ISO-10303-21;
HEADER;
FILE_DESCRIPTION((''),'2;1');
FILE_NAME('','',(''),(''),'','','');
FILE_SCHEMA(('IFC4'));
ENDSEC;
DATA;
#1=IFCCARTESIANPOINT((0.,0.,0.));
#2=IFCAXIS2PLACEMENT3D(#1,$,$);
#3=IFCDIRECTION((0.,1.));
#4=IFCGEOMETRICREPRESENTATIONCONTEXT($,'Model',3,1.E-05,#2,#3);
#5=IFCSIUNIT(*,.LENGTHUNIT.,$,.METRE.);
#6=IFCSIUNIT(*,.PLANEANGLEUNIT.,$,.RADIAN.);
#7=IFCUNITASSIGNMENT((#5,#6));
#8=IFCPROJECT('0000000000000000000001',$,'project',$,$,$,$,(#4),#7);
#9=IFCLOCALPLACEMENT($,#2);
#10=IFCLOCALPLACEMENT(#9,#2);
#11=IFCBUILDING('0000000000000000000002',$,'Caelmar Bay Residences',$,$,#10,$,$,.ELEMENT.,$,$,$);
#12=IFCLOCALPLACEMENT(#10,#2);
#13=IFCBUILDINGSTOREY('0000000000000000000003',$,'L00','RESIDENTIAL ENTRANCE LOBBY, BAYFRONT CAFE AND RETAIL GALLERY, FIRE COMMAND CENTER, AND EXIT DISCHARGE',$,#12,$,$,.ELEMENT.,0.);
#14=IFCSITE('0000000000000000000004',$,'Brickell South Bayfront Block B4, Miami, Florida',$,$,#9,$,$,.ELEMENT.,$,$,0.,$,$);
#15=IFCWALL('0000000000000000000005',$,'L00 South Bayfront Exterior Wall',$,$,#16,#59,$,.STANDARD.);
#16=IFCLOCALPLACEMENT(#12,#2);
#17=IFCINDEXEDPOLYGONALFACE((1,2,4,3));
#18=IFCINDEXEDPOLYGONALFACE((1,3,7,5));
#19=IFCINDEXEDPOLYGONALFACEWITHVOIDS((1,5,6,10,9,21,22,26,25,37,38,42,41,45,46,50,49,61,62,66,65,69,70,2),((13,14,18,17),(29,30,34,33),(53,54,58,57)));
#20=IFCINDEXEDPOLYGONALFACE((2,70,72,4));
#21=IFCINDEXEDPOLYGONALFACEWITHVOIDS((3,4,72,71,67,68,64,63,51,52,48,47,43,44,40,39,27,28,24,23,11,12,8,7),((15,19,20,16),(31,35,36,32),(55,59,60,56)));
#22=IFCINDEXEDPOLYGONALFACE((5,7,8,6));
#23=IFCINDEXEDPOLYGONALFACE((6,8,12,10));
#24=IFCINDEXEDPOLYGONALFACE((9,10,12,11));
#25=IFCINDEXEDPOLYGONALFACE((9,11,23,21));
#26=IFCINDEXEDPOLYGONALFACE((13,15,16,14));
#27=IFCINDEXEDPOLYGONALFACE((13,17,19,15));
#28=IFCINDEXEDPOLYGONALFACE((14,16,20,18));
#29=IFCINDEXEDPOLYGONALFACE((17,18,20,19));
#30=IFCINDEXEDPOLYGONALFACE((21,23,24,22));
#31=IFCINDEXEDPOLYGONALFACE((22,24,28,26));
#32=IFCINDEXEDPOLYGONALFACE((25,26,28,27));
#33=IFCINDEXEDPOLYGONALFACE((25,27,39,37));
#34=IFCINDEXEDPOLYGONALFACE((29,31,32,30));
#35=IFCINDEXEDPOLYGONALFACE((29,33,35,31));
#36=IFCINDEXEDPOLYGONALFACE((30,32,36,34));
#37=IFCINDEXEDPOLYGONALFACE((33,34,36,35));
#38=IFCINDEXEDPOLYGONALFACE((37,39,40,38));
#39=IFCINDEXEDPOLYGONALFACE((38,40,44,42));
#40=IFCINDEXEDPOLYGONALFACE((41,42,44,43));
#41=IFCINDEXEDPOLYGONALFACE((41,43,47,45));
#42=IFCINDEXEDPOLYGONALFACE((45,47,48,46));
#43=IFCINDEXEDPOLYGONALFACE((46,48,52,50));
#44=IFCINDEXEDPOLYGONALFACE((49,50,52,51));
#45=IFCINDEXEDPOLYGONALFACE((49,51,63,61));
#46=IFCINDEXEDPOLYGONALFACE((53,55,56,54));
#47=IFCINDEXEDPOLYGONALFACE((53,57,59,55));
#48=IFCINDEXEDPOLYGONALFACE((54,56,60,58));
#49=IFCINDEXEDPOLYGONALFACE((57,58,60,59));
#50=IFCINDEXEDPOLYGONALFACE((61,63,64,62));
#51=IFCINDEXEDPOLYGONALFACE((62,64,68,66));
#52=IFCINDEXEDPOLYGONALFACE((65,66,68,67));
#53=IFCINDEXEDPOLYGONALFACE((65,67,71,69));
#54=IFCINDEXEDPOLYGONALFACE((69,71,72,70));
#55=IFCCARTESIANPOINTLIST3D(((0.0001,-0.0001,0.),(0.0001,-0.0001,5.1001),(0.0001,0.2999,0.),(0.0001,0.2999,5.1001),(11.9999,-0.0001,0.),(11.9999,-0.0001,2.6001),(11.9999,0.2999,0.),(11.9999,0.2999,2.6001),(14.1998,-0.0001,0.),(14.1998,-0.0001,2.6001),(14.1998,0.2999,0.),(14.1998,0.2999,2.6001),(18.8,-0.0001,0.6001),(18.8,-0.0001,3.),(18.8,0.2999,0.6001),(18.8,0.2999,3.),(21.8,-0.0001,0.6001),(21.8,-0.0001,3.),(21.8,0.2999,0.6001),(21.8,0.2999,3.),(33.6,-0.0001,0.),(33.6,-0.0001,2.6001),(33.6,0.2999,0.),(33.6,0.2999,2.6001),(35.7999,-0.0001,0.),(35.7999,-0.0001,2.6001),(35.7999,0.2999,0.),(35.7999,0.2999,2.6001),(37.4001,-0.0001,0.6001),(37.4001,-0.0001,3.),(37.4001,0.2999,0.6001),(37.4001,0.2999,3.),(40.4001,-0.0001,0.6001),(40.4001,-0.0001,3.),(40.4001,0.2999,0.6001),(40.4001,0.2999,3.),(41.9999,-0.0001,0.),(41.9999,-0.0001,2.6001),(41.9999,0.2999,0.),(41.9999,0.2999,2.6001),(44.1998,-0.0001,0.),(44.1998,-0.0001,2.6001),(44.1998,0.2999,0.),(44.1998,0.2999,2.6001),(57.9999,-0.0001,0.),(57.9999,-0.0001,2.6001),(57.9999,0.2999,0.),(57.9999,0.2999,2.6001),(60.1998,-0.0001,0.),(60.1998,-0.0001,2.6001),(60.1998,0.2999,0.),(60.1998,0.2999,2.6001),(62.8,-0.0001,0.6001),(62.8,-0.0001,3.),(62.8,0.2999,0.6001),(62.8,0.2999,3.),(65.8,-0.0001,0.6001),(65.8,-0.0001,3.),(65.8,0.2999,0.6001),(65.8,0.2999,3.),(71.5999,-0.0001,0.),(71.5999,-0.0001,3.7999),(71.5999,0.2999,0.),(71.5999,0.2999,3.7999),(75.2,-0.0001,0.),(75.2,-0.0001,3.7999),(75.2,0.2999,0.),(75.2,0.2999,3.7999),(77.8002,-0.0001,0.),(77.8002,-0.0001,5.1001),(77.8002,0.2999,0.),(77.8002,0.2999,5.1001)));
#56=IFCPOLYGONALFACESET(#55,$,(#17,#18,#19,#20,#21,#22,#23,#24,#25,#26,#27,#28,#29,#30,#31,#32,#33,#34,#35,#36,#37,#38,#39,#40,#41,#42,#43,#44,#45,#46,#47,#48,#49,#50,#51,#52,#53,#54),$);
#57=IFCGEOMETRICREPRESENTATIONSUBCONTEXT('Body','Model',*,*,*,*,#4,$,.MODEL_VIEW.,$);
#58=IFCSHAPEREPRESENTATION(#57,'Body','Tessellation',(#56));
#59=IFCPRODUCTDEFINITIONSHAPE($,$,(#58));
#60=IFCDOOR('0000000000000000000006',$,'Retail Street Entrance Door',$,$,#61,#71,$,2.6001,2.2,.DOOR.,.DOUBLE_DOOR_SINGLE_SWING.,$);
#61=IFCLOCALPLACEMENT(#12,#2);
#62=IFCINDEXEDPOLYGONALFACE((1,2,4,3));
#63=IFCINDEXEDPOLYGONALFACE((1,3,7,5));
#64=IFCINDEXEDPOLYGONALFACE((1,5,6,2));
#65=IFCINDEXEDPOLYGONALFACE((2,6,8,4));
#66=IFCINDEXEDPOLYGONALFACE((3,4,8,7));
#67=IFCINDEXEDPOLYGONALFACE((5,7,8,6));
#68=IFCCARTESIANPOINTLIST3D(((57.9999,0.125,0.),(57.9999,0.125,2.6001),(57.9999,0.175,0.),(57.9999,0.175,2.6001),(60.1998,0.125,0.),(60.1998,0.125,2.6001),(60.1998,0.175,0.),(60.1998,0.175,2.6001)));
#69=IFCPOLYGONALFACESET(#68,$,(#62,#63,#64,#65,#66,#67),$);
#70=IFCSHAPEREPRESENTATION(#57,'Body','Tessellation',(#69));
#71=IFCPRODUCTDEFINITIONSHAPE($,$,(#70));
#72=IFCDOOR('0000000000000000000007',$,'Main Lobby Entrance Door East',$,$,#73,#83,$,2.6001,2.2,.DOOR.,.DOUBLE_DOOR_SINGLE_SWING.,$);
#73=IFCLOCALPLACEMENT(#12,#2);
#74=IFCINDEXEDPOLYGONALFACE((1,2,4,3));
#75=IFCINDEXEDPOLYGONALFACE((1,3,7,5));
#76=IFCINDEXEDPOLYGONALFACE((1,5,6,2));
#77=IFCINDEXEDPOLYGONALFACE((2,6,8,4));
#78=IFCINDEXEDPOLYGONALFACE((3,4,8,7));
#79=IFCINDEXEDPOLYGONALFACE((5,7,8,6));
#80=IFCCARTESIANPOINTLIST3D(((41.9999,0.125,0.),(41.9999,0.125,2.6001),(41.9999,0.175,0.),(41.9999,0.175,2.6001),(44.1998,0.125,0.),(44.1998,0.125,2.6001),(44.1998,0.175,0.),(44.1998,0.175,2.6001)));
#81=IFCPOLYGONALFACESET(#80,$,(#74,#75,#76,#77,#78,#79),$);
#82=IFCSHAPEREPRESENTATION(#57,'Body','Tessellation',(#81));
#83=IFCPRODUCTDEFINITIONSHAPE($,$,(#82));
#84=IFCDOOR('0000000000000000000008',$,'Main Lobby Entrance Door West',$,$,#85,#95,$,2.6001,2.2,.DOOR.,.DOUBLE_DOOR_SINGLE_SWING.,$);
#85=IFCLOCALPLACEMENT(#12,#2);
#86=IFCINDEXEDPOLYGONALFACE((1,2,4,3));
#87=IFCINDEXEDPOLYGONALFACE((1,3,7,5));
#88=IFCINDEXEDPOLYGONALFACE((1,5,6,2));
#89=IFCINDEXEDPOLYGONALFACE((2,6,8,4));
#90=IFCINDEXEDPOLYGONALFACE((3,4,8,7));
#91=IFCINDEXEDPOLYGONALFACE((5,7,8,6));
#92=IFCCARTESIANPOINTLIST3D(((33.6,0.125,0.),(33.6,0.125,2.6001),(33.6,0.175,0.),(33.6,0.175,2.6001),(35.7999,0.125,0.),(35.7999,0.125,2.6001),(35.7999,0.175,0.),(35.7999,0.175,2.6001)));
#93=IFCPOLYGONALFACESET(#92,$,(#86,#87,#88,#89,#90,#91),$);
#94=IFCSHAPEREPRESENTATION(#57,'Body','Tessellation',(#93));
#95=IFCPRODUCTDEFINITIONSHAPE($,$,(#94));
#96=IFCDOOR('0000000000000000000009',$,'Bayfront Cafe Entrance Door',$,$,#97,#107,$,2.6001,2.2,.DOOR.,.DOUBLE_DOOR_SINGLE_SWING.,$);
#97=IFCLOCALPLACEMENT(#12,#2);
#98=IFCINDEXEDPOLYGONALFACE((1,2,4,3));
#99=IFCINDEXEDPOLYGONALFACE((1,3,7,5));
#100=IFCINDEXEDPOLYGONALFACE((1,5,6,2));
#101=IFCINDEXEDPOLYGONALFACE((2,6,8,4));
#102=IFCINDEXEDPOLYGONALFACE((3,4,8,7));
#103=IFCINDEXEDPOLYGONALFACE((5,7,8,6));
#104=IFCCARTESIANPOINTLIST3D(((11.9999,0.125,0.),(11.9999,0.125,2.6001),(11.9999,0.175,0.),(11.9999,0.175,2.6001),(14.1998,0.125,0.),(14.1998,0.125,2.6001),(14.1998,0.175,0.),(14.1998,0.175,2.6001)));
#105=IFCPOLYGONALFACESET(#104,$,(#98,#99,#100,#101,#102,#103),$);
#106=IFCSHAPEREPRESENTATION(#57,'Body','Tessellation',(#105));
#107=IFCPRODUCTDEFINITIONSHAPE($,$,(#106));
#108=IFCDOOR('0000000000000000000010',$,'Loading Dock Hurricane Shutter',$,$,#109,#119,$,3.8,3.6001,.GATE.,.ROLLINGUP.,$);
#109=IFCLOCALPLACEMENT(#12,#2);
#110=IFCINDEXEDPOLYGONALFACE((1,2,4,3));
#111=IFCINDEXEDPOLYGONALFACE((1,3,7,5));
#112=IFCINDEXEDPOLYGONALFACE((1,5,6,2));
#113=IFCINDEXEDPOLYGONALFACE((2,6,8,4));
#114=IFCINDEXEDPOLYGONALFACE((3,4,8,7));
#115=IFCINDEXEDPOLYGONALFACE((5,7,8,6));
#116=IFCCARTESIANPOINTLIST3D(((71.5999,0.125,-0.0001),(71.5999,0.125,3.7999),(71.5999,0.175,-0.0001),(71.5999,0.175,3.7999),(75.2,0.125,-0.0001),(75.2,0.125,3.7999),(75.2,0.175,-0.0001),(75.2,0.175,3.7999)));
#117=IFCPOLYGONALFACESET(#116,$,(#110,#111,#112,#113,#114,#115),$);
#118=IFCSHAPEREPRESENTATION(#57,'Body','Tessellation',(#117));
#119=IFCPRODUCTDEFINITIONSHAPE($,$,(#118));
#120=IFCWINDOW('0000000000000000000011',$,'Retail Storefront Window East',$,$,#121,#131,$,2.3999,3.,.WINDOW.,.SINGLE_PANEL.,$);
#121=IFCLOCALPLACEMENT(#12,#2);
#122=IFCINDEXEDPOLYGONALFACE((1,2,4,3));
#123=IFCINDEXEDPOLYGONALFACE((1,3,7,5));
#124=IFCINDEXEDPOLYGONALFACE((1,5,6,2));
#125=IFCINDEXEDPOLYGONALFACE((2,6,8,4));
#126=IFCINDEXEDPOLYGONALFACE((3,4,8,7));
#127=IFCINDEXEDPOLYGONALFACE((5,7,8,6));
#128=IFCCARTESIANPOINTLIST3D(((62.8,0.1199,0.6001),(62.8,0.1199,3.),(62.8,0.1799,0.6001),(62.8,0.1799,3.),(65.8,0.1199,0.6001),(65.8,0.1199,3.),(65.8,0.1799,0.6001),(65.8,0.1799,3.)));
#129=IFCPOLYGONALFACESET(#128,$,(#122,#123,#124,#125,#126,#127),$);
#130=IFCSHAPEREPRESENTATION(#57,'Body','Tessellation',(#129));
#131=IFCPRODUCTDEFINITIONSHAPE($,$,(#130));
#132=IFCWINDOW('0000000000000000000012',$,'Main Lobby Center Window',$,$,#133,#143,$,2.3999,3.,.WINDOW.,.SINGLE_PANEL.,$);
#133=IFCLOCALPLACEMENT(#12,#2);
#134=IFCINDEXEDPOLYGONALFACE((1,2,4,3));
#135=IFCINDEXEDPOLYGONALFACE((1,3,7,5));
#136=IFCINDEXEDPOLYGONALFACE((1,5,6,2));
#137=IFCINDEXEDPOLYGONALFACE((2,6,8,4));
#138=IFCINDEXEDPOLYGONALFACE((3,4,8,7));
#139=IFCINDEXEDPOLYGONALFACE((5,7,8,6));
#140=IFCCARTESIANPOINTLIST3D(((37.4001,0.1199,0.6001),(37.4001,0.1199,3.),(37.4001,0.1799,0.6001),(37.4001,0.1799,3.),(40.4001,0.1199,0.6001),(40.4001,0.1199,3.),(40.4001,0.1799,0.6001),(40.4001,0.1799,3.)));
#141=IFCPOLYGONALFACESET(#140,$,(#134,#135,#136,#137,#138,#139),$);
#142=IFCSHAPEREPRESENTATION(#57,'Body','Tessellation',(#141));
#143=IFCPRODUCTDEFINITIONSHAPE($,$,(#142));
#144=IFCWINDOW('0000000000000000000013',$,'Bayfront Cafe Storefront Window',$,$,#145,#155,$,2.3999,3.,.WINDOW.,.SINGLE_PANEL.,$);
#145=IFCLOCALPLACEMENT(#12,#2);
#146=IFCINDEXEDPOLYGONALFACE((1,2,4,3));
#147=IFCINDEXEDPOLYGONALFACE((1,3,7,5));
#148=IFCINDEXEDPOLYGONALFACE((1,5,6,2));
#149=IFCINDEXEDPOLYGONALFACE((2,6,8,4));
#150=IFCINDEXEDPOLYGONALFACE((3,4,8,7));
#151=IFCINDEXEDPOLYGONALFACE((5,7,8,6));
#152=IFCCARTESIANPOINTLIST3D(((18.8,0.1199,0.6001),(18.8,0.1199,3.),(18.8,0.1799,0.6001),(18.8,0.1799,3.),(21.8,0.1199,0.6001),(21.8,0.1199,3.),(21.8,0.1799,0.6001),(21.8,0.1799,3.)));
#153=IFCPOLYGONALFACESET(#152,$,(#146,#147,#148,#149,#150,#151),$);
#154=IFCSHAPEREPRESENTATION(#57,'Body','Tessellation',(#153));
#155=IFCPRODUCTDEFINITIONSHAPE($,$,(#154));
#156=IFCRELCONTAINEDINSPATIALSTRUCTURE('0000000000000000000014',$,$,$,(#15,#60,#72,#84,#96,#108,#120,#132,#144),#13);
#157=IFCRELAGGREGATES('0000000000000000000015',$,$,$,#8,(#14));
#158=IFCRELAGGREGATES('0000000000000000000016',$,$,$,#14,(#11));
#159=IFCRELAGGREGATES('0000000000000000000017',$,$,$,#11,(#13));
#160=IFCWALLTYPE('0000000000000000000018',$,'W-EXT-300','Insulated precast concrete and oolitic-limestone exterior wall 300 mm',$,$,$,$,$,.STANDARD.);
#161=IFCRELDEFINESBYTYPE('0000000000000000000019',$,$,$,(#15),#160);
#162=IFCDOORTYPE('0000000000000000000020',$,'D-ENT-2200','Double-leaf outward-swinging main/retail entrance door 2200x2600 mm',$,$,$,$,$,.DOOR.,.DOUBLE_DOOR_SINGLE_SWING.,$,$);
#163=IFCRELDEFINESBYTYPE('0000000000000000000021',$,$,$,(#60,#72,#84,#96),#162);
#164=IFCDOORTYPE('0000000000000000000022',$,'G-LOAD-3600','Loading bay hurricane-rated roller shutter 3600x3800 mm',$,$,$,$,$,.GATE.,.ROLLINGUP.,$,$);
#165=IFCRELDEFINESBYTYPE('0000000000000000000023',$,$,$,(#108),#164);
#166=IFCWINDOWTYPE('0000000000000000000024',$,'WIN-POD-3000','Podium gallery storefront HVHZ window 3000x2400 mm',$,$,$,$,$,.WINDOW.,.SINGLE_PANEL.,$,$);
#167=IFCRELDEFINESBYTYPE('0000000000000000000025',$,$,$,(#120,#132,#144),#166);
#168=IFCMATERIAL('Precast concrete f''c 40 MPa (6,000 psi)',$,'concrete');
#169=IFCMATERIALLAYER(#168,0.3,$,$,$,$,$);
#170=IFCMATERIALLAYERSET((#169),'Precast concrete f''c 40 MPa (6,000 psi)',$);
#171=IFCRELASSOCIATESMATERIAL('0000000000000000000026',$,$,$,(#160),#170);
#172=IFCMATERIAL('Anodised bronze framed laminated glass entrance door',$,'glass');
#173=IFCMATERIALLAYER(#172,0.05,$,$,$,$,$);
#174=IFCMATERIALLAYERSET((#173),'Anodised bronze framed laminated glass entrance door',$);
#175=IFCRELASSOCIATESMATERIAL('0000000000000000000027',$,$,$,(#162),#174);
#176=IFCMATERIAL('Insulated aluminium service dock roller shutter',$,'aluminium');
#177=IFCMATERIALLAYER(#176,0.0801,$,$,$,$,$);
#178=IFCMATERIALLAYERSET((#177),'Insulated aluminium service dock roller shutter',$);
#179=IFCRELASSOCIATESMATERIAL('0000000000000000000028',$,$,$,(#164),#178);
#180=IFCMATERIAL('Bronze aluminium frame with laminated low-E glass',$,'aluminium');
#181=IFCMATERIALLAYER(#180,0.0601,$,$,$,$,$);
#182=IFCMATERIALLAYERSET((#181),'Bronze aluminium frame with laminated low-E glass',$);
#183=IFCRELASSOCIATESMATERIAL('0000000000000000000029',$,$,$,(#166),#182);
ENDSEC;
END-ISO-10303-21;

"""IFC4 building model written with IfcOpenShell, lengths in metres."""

from ifc_helpers import new_model, si_unit, direction, frame, frame_2d, origin, place, context, subcontext, project, spatial, rectangle, extrude, material, layer, layer_set, type_object, element, fill, save


model = new_model("IFC4")

# Units and contexts
model_context = context("Model", 3, precision=1e-05, world=origin(), true_north=direction((0.0, 1.0)))
body_context = subcontext(model_context, "Body", "Model", "MODEL_VIEW")
ifc_project = project(units=[si_unit("LENGTHUNIT", "METRE"), si_unit("PLANEANGLEUNIT", "RADIAN")], contexts=[model_context])

# Site, building, storey
site_placement = place(None, origin())
site = spatial("IfcSite", under=ifc_project, at=site_placement, Name="Brickell South Bayfront Block B4, Miami, Florida", CompositionType="ELEMENT", RefElevation=0.0)
building_placement = place(site_placement, origin())
building = spatial("IfcBuilding", under=site, at=building_placement, Name="Caelmar Bay Residences", CompositionType="ELEMENT")
storey_placement = place(building_placement, origin())
storey = spatial("IfcBuildingStorey", under=building, at=storey_placement, Name="L00", Description="RESIDENTIAL ENTRANCE LOBBY, BAYFRONT CAFE AND RETAIL GALLERY, FIRE COMMAND CENTER, AND EXIT DISCHARGE", CompositionType="ELEMENT", Elevation=0.0)

# Wall, openings, doors, windows
ifc_material_1 = material(Name="Precast concrete f'c 40 MPa (6,000 psi)", Category="concrete")
ifc_layer_1 = layer(ifc_material_1, 0.3)
ifc_layer_set_1 = layer_set([ifc_layer_1], Name="Precast concrete f'c 40 MPa (6,000 psi)")
wall_type_1 = type_object("IfcWallType", Name="W-EXT-300", Description="Insulated precast concrete and oolitic-limestone exterior wall 300 mm", PredefinedType="STANDARD", material=ifc_layer_set_1)
wall_1_placement = place(storey_placement, frame((77.8, 0.1499, 0.0), z_axis=(0.0, 0.0, 1.0), x_axis=(-1.0, 0.0, 0.0)))
wall_1 = element("IfcWall", 1, at=wall_1_placement, inside=storey, type_object=wall_type_1, Name="L00 South Bayfront Exterior Wall", PredefinedType="STANDARD", context=body_context, shape_type="SweptSolid", body=[
    extrude(rectangle(XDim=77.8, YDim=0.3, at=frame_2d((38.8999, 0.0))), origin(), (0.0, 0.0, 1.0), 5.1001),
])
opening_1_placement = place(wall_1_placement, frame((2.6001, 0.0, 0.0)))
opening_1 = element("IfcOpeningElement", 2, at=opening_1_placement, cuts=wall_1, PredefinedType="OPENING", context=body_context, shape_type="SweptSolid", body=[
    extrude(rectangle(XDim=3.6001, YDim=3.8, at=frame_2d((1.8, 1.8999))), frame((0.0, 0.1599, 0.0), z_axis=(0.0, -1.0, 0.0), x_axis=(1.0, 0.0, 0.0)), (0.0, 0.0, 1.0), 0.3201),
])
opening_2_placement = place(wall_1_placement, frame((17.6001, 0.0, 0.0)))
opening_2 = element("IfcOpeningElement", 3, at=opening_2_placement, cuts=wall_1, PredefinedType="OPENING", context=body_context, shape_type="SweptSolid", body=[
    extrude(rectangle(XDim=2.2, YDim=2.6001, at=frame_2d((1.1001, 1.3))), frame((0.0, 0.1599, 0.0), z_axis=(0.0, -1.0, 0.0), x_axis=(1.0, 0.0, 0.0)), (0.0, 0.0, 1.0), 0.3201),
])
opening_3_placement = place(wall_1_placement, frame((12.0, 0.0, 0.6001)))
opening_3 = element("IfcOpeningElement", 4, at=opening_3_placement, cuts=wall_1, PredefinedType="OPENING", context=body_context, shape_type="SweptSolid", body=[
    extrude(rectangle(XDim=3.0, YDim=2.3999, at=frame_2d((1.5, 1.2))), frame((0.0, 0.1599, 0.0), z_axis=(0.0, -1.0, 0.0), x_axis=(1.0, 0.0, 0.0)), (0.0, 0.0, 1.0), 0.3201),
])
opening_4_placement = place(wall_1_placement, frame((33.6001, 0.0, 0.0)))
opening_4 = element("IfcOpeningElement", 5, at=opening_4_placement, cuts=wall_1, PredefinedType="OPENING", context=body_context, shape_type="SweptSolid", body=[
    extrude(rectangle(XDim=2.2, YDim=2.6001, at=frame_2d((1.1001, 1.3))), frame((0.0, 0.1599, 0.0), z_axis=(0.0, -1.0, 0.0), x_axis=(1.0, 0.0, 0.0)), (0.0, 0.0, 1.0), 0.3201),
])
opening_5_placement = place(wall_1_placement, frame((42.0, 0.0, 0.0)))
opening_5 = element("IfcOpeningElement", 6, at=opening_5_placement, cuts=wall_1, PredefinedType="OPENING", context=body_context, shape_type="SweptSolid", body=[
    extrude(rectangle(XDim=2.2, YDim=2.6001, at=frame_2d((1.1001, 1.3))), frame((0.0, 0.1599, 0.0), z_axis=(0.0, -1.0, 0.0), x_axis=(1.0, 0.0, 0.0)), (0.0, 0.0, 1.0), 0.3201),
])
opening_6_placement = place(wall_1_placement, frame((37.3999, 0.0, 0.6001)))
opening_6 = element("IfcOpeningElement", 7, at=opening_6_placement, cuts=wall_1, PredefinedType="OPENING", context=body_context, shape_type="SweptSolid", body=[
    extrude(rectangle(XDim=3.0, YDim=2.3999, at=frame_2d((1.5, 1.2))), frame((0.0, 0.1599, 0.0), z_axis=(0.0, -1.0, 0.0), x_axis=(1.0, 0.0, 0.0)), (0.0, 0.0, 1.0), 0.3201),
])
opening_7_placement = place(wall_1_placement, frame((63.6001, 0.0, 0.0)))
opening_7 = element("IfcOpeningElement", 8, at=opening_7_placement, cuts=wall_1, PredefinedType="OPENING", context=body_context, shape_type="SweptSolid", body=[
    extrude(rectangle(XDim=2.2, YDim=2.6001, at=frame_2d((1.1001, 1.3))), frame((0.0, 0.1599, 0.0), z_axis=(0.0, -1.0, 0.0), x_axis=(1.0, 0.0, 0.0)), (0.0, 0.0, 1.0), 0.3201),
])
opening_8_placement = place(wall_1_placement, frame((56.0, 0.0, 0.6001)))
opening_8 = element("IfcOpeningElement", 9, at=opening_8_placement, cuts=wall_1, PredefinedType="OPENING", context=body_context, shape_type="SweptSolid", body=[
    extrude(rectangle(XDim=3.0, YDim=2.3999, at=frame_2d((1.5, 1.2))), frame((0.0, 0.1599, 0.0), z_axis=(0.0, -1.0, 0.0), x_axis=(1.0, 0.0, 0.0)), (0.0, 0.0, 1.0), 0.3201),
])
ifc_material_2 = material(Name="Anodised bronze framed laminated glass entrance door", Category="glass")
ifc_layer_2 = layer(ifc_material_2, 0.05)
ifc_layer_set_2 = layer_set([ifc_layer_2], Name="Anodised bronze framed laminated glass entrance door")
door_type_1 = type_object("IfcDoorType", Name="D-ENT-2200", Description="Double-leaf outward-swinging main/retail entrance door 2200x2600 mm", OperationType="DOUBLE_DOOR_SINGLE_SWING", PredefinedType="DOOR", material=ifc_layer_set_2)
door_1_placement = place(opening_2_placement, origin())
door_1 = element("IfcDoor", 10, at=door_1_placement, inside=storey, type_object=door_type_1, Name="Retail Street Entrance Door", OperationType="DOUBLE_DOOR_SINGLE_SWING", OverallHeight=2.6001, OverallWidth=2.2, PredefinedType="DOOR", context=body_context, shape_type="SweptSolid", body=[
    extrude(rectangle(XDim=2.2, YDim=2.6001, at=frame_2d((1.1001, 1.3))), frame((0.0, 0.0249, 0.0), z_axis=(0.0, -1.0, 0.0), x_axis=(1.0, 0.0, 0.0)), (0.0, 0.0, 1.0), 0.05),
])
fill(opening_2, door_1)
door_2_placement = place(opening_4_placement, origin())
door_2 = element("IfcDoor", 11, at=door_2_placement, inside=storey, type_object=door_type_1, Name="Main Lobby Entrance Door East", OperationType="DOUBLE_DOOR_SINGLE_SWING", OverallHeight=2.6001, OverallWidth=2.2, PredefinedType="DOOR", context=body_context, shape_type="SweptSolid", body=[
    extrude(rectangle(XDim=2.2, YDim=2.6001, at=frame_2d((1.1001, 1.3))), frame((0.0, 0.0249, 0.0), z_axis=(0.0, -1.0, 0.0), x_axis=(1.0, 0.0, 0.0)), (0.0, 0.0, 1.0), 0.05),
])
fill(opening_4, door_2)
door_3_placement = place(opening_5_placement, origin())
door_3 = element("IfcDoor", 12, at=door_3_placement, inside=storey, type_object=door_type_1, Name="Main Lobby Entrance Door West", OperationType="DOUBLE_DOOR_SINGLE_SWING", OverallHeight=2.6001, OverallWidth=2.2, PredefinedType="DOOR", context=body_context, shape_type="SweptSolid", body=[
    extrude(rectangle(XDim=2.2, YDim=2.6001, at=frame_2d((1.1001, 1.3))), frame((0.0, 0.0249, 0.0), z_axis=(0.0, -1.0, 0.0), x_axis=(1.0, 0.0, 0.0)), (0.0, 0.0, 1.0), 0.05),
])
fill(opening_5, door_3)
door_4_placement = place(opening_7_placement, origin())
door_4 = element("IfcDoor", 13, at=door_4_placement, inside=storey, type_object=door_type_1, Name="Bayfront Cafe Entrance Door", OperationType="DOUBLE_DOOR_SINGLE_SWING", OverallHeight=2.6001, OverallWidth=2.2, PredefinedType="DOOR", context=body_context, shape_type="SweptSolid", body=[
    extrude(rectangle(XDim=2.2, YDim=2.6001, at=frame_2d((1.1001, 1.3))), frame((0.0, 0.0249, 0.0), z_axis=(0.0, -1.0, 0.0), x_axis=(1.0, 0.0, 0.0)), (0.0, 0.0, 1.0), 0.05),
])
fill(opening_7, door_4)
ifc_material_3 = material(Name="Insulated aluminium service dock roller shutter", Category="aluminium")
ifc_layer_3 = layer(ifc_material_3, 0.0801)
ifc_layer_set_3 = layer_set([ifc_layer_3], Name="Insulated aluminium service dock roller shutter")
door_type_2 = type_object("IfcDoorType", Name="G-LOAD-3600", Description="Loading bay hurricane-rated roller shutter 3600x3800 mm", OperationType="ROLLINGUP", PredefinedType="GATE", material=ifc_layer_set_3)
door_5_placement = place(opening_1_placement, origin())
door_5 = element("IfcDoor", 14, at=door_5_placement, inside=storey, type_object=door_type_2, Name="Loading Dock Hurricane Shutter", OperationType="ROLLINGUP", OverallHeight=3.8, OverallWidth=3.6001, PredefinedType="GATE", context=body_context, shape_type="SweptSolid", body=[
    extrude(rectangle(XDim=3.6001, YDim=3.8, at=frame_2d((1.8, 1.8999))), frame((0.0, 0.0249, 0.0), z_axis=(0.0, -1.0, 0.0), x_axis=(1.0, 0.0, 0.0)), (0.0, 0.0, 1.0), 0.05),
])
fill(opening_1, door_5)
ifc_material_4 = material(Name="Bronze aluminium frame with laminated low-E glass", Category="aluminium")
ifc_layer_4 = layer(ifc_material_4, 0.0601)
ifc_layer_set_4 = layer_set([ifc_layer_4], Name="Bronze aluminium frame with laminated low-E glass")
window_type = type_object("IfcWindowType", Name="WIN-POD-3000", Description="Podium gallery storefront HVHZ window 3000x2400 mm", PartitioningType="SINGLE_PANEL", PredefinedType="WINDOW", material=ifc_layer_set_4)
window_1_placement = place(opening_3_placement, origin())
window_1 = element("IfcWindow", 15, at=window_1_placement, inside=storey, type_object=window_type, Name="Retail Storefront Window East", OverallHeight=2.3999, OverallWidth=3.0, PartitioningType="SINGLE_PANEL", PredefinedType="WINDOW", context=body_context, shape_type="SweptSolid", body=[
    extrude(rectangle(XDim=3.0, YDim=2.3999, at=frame_2d((1.5, 1.2))), frame((0.0, 0.03, 0.0), z_axis=(0.0, -1.0, 0.0), x_axis=(1.0, 0.0, 0.0)), (0.0, 0.0, 1.0), 0.0601),
])
fill(opening_3, window_1)
window_2_placement = place(opening_6_placement, origin())
window_2 = element("IfcWindow", 16, at=window_2_placement, inside=storey, type_object=window_type, Name="Main Lobby Center Window", OverallHeight=2.3999, OverallWidth=3.0, PartitioningType="SINGLE_PANEL", PredefinedType="WINDOW", context=body_context, shape_type="SweptSolid", body=[
    extrude(rectangle(XDim=3.0, YDim=2.3999, at=frame_2d((1.5, 1.2))), frame((0.0, 0.03, 0.0), z_axis=(0.0, -1.0, 0.0), x_axis=(1.0, 0.0, 0.0)), (0.0, 0.0, 1.0), 0.0601),
])
fill(opening_6, window_2)
window_3_placement = place(opening_8_placement, origin())
window_3 = element("IfcWindow", 17, at=window_3_placement, inside=storey, type_object=window_type, Name="Bayfront Cafe Storefront Window", OverallHeight=2.3999, OverallWidth=3.0, PartitioningType="SINGLE_PANEL", PredefinedType="WINDOW", context=body_context, shape_type="SweptSolid", body=[
    extrude(rectangle(XDim=3.0, YDim=2.3999, at=frame_2d((1.5, 1.2))), frame((0.0, 0.03, 0.0), z_axis=(0.0, -1.0, 0.0), x_axis=(1.0, 0.0, 0.0)), (0.0, 0.0, 1.0), 0.0601),
])
fill(opening_8, window_3)

save(model, "model.ifc")
